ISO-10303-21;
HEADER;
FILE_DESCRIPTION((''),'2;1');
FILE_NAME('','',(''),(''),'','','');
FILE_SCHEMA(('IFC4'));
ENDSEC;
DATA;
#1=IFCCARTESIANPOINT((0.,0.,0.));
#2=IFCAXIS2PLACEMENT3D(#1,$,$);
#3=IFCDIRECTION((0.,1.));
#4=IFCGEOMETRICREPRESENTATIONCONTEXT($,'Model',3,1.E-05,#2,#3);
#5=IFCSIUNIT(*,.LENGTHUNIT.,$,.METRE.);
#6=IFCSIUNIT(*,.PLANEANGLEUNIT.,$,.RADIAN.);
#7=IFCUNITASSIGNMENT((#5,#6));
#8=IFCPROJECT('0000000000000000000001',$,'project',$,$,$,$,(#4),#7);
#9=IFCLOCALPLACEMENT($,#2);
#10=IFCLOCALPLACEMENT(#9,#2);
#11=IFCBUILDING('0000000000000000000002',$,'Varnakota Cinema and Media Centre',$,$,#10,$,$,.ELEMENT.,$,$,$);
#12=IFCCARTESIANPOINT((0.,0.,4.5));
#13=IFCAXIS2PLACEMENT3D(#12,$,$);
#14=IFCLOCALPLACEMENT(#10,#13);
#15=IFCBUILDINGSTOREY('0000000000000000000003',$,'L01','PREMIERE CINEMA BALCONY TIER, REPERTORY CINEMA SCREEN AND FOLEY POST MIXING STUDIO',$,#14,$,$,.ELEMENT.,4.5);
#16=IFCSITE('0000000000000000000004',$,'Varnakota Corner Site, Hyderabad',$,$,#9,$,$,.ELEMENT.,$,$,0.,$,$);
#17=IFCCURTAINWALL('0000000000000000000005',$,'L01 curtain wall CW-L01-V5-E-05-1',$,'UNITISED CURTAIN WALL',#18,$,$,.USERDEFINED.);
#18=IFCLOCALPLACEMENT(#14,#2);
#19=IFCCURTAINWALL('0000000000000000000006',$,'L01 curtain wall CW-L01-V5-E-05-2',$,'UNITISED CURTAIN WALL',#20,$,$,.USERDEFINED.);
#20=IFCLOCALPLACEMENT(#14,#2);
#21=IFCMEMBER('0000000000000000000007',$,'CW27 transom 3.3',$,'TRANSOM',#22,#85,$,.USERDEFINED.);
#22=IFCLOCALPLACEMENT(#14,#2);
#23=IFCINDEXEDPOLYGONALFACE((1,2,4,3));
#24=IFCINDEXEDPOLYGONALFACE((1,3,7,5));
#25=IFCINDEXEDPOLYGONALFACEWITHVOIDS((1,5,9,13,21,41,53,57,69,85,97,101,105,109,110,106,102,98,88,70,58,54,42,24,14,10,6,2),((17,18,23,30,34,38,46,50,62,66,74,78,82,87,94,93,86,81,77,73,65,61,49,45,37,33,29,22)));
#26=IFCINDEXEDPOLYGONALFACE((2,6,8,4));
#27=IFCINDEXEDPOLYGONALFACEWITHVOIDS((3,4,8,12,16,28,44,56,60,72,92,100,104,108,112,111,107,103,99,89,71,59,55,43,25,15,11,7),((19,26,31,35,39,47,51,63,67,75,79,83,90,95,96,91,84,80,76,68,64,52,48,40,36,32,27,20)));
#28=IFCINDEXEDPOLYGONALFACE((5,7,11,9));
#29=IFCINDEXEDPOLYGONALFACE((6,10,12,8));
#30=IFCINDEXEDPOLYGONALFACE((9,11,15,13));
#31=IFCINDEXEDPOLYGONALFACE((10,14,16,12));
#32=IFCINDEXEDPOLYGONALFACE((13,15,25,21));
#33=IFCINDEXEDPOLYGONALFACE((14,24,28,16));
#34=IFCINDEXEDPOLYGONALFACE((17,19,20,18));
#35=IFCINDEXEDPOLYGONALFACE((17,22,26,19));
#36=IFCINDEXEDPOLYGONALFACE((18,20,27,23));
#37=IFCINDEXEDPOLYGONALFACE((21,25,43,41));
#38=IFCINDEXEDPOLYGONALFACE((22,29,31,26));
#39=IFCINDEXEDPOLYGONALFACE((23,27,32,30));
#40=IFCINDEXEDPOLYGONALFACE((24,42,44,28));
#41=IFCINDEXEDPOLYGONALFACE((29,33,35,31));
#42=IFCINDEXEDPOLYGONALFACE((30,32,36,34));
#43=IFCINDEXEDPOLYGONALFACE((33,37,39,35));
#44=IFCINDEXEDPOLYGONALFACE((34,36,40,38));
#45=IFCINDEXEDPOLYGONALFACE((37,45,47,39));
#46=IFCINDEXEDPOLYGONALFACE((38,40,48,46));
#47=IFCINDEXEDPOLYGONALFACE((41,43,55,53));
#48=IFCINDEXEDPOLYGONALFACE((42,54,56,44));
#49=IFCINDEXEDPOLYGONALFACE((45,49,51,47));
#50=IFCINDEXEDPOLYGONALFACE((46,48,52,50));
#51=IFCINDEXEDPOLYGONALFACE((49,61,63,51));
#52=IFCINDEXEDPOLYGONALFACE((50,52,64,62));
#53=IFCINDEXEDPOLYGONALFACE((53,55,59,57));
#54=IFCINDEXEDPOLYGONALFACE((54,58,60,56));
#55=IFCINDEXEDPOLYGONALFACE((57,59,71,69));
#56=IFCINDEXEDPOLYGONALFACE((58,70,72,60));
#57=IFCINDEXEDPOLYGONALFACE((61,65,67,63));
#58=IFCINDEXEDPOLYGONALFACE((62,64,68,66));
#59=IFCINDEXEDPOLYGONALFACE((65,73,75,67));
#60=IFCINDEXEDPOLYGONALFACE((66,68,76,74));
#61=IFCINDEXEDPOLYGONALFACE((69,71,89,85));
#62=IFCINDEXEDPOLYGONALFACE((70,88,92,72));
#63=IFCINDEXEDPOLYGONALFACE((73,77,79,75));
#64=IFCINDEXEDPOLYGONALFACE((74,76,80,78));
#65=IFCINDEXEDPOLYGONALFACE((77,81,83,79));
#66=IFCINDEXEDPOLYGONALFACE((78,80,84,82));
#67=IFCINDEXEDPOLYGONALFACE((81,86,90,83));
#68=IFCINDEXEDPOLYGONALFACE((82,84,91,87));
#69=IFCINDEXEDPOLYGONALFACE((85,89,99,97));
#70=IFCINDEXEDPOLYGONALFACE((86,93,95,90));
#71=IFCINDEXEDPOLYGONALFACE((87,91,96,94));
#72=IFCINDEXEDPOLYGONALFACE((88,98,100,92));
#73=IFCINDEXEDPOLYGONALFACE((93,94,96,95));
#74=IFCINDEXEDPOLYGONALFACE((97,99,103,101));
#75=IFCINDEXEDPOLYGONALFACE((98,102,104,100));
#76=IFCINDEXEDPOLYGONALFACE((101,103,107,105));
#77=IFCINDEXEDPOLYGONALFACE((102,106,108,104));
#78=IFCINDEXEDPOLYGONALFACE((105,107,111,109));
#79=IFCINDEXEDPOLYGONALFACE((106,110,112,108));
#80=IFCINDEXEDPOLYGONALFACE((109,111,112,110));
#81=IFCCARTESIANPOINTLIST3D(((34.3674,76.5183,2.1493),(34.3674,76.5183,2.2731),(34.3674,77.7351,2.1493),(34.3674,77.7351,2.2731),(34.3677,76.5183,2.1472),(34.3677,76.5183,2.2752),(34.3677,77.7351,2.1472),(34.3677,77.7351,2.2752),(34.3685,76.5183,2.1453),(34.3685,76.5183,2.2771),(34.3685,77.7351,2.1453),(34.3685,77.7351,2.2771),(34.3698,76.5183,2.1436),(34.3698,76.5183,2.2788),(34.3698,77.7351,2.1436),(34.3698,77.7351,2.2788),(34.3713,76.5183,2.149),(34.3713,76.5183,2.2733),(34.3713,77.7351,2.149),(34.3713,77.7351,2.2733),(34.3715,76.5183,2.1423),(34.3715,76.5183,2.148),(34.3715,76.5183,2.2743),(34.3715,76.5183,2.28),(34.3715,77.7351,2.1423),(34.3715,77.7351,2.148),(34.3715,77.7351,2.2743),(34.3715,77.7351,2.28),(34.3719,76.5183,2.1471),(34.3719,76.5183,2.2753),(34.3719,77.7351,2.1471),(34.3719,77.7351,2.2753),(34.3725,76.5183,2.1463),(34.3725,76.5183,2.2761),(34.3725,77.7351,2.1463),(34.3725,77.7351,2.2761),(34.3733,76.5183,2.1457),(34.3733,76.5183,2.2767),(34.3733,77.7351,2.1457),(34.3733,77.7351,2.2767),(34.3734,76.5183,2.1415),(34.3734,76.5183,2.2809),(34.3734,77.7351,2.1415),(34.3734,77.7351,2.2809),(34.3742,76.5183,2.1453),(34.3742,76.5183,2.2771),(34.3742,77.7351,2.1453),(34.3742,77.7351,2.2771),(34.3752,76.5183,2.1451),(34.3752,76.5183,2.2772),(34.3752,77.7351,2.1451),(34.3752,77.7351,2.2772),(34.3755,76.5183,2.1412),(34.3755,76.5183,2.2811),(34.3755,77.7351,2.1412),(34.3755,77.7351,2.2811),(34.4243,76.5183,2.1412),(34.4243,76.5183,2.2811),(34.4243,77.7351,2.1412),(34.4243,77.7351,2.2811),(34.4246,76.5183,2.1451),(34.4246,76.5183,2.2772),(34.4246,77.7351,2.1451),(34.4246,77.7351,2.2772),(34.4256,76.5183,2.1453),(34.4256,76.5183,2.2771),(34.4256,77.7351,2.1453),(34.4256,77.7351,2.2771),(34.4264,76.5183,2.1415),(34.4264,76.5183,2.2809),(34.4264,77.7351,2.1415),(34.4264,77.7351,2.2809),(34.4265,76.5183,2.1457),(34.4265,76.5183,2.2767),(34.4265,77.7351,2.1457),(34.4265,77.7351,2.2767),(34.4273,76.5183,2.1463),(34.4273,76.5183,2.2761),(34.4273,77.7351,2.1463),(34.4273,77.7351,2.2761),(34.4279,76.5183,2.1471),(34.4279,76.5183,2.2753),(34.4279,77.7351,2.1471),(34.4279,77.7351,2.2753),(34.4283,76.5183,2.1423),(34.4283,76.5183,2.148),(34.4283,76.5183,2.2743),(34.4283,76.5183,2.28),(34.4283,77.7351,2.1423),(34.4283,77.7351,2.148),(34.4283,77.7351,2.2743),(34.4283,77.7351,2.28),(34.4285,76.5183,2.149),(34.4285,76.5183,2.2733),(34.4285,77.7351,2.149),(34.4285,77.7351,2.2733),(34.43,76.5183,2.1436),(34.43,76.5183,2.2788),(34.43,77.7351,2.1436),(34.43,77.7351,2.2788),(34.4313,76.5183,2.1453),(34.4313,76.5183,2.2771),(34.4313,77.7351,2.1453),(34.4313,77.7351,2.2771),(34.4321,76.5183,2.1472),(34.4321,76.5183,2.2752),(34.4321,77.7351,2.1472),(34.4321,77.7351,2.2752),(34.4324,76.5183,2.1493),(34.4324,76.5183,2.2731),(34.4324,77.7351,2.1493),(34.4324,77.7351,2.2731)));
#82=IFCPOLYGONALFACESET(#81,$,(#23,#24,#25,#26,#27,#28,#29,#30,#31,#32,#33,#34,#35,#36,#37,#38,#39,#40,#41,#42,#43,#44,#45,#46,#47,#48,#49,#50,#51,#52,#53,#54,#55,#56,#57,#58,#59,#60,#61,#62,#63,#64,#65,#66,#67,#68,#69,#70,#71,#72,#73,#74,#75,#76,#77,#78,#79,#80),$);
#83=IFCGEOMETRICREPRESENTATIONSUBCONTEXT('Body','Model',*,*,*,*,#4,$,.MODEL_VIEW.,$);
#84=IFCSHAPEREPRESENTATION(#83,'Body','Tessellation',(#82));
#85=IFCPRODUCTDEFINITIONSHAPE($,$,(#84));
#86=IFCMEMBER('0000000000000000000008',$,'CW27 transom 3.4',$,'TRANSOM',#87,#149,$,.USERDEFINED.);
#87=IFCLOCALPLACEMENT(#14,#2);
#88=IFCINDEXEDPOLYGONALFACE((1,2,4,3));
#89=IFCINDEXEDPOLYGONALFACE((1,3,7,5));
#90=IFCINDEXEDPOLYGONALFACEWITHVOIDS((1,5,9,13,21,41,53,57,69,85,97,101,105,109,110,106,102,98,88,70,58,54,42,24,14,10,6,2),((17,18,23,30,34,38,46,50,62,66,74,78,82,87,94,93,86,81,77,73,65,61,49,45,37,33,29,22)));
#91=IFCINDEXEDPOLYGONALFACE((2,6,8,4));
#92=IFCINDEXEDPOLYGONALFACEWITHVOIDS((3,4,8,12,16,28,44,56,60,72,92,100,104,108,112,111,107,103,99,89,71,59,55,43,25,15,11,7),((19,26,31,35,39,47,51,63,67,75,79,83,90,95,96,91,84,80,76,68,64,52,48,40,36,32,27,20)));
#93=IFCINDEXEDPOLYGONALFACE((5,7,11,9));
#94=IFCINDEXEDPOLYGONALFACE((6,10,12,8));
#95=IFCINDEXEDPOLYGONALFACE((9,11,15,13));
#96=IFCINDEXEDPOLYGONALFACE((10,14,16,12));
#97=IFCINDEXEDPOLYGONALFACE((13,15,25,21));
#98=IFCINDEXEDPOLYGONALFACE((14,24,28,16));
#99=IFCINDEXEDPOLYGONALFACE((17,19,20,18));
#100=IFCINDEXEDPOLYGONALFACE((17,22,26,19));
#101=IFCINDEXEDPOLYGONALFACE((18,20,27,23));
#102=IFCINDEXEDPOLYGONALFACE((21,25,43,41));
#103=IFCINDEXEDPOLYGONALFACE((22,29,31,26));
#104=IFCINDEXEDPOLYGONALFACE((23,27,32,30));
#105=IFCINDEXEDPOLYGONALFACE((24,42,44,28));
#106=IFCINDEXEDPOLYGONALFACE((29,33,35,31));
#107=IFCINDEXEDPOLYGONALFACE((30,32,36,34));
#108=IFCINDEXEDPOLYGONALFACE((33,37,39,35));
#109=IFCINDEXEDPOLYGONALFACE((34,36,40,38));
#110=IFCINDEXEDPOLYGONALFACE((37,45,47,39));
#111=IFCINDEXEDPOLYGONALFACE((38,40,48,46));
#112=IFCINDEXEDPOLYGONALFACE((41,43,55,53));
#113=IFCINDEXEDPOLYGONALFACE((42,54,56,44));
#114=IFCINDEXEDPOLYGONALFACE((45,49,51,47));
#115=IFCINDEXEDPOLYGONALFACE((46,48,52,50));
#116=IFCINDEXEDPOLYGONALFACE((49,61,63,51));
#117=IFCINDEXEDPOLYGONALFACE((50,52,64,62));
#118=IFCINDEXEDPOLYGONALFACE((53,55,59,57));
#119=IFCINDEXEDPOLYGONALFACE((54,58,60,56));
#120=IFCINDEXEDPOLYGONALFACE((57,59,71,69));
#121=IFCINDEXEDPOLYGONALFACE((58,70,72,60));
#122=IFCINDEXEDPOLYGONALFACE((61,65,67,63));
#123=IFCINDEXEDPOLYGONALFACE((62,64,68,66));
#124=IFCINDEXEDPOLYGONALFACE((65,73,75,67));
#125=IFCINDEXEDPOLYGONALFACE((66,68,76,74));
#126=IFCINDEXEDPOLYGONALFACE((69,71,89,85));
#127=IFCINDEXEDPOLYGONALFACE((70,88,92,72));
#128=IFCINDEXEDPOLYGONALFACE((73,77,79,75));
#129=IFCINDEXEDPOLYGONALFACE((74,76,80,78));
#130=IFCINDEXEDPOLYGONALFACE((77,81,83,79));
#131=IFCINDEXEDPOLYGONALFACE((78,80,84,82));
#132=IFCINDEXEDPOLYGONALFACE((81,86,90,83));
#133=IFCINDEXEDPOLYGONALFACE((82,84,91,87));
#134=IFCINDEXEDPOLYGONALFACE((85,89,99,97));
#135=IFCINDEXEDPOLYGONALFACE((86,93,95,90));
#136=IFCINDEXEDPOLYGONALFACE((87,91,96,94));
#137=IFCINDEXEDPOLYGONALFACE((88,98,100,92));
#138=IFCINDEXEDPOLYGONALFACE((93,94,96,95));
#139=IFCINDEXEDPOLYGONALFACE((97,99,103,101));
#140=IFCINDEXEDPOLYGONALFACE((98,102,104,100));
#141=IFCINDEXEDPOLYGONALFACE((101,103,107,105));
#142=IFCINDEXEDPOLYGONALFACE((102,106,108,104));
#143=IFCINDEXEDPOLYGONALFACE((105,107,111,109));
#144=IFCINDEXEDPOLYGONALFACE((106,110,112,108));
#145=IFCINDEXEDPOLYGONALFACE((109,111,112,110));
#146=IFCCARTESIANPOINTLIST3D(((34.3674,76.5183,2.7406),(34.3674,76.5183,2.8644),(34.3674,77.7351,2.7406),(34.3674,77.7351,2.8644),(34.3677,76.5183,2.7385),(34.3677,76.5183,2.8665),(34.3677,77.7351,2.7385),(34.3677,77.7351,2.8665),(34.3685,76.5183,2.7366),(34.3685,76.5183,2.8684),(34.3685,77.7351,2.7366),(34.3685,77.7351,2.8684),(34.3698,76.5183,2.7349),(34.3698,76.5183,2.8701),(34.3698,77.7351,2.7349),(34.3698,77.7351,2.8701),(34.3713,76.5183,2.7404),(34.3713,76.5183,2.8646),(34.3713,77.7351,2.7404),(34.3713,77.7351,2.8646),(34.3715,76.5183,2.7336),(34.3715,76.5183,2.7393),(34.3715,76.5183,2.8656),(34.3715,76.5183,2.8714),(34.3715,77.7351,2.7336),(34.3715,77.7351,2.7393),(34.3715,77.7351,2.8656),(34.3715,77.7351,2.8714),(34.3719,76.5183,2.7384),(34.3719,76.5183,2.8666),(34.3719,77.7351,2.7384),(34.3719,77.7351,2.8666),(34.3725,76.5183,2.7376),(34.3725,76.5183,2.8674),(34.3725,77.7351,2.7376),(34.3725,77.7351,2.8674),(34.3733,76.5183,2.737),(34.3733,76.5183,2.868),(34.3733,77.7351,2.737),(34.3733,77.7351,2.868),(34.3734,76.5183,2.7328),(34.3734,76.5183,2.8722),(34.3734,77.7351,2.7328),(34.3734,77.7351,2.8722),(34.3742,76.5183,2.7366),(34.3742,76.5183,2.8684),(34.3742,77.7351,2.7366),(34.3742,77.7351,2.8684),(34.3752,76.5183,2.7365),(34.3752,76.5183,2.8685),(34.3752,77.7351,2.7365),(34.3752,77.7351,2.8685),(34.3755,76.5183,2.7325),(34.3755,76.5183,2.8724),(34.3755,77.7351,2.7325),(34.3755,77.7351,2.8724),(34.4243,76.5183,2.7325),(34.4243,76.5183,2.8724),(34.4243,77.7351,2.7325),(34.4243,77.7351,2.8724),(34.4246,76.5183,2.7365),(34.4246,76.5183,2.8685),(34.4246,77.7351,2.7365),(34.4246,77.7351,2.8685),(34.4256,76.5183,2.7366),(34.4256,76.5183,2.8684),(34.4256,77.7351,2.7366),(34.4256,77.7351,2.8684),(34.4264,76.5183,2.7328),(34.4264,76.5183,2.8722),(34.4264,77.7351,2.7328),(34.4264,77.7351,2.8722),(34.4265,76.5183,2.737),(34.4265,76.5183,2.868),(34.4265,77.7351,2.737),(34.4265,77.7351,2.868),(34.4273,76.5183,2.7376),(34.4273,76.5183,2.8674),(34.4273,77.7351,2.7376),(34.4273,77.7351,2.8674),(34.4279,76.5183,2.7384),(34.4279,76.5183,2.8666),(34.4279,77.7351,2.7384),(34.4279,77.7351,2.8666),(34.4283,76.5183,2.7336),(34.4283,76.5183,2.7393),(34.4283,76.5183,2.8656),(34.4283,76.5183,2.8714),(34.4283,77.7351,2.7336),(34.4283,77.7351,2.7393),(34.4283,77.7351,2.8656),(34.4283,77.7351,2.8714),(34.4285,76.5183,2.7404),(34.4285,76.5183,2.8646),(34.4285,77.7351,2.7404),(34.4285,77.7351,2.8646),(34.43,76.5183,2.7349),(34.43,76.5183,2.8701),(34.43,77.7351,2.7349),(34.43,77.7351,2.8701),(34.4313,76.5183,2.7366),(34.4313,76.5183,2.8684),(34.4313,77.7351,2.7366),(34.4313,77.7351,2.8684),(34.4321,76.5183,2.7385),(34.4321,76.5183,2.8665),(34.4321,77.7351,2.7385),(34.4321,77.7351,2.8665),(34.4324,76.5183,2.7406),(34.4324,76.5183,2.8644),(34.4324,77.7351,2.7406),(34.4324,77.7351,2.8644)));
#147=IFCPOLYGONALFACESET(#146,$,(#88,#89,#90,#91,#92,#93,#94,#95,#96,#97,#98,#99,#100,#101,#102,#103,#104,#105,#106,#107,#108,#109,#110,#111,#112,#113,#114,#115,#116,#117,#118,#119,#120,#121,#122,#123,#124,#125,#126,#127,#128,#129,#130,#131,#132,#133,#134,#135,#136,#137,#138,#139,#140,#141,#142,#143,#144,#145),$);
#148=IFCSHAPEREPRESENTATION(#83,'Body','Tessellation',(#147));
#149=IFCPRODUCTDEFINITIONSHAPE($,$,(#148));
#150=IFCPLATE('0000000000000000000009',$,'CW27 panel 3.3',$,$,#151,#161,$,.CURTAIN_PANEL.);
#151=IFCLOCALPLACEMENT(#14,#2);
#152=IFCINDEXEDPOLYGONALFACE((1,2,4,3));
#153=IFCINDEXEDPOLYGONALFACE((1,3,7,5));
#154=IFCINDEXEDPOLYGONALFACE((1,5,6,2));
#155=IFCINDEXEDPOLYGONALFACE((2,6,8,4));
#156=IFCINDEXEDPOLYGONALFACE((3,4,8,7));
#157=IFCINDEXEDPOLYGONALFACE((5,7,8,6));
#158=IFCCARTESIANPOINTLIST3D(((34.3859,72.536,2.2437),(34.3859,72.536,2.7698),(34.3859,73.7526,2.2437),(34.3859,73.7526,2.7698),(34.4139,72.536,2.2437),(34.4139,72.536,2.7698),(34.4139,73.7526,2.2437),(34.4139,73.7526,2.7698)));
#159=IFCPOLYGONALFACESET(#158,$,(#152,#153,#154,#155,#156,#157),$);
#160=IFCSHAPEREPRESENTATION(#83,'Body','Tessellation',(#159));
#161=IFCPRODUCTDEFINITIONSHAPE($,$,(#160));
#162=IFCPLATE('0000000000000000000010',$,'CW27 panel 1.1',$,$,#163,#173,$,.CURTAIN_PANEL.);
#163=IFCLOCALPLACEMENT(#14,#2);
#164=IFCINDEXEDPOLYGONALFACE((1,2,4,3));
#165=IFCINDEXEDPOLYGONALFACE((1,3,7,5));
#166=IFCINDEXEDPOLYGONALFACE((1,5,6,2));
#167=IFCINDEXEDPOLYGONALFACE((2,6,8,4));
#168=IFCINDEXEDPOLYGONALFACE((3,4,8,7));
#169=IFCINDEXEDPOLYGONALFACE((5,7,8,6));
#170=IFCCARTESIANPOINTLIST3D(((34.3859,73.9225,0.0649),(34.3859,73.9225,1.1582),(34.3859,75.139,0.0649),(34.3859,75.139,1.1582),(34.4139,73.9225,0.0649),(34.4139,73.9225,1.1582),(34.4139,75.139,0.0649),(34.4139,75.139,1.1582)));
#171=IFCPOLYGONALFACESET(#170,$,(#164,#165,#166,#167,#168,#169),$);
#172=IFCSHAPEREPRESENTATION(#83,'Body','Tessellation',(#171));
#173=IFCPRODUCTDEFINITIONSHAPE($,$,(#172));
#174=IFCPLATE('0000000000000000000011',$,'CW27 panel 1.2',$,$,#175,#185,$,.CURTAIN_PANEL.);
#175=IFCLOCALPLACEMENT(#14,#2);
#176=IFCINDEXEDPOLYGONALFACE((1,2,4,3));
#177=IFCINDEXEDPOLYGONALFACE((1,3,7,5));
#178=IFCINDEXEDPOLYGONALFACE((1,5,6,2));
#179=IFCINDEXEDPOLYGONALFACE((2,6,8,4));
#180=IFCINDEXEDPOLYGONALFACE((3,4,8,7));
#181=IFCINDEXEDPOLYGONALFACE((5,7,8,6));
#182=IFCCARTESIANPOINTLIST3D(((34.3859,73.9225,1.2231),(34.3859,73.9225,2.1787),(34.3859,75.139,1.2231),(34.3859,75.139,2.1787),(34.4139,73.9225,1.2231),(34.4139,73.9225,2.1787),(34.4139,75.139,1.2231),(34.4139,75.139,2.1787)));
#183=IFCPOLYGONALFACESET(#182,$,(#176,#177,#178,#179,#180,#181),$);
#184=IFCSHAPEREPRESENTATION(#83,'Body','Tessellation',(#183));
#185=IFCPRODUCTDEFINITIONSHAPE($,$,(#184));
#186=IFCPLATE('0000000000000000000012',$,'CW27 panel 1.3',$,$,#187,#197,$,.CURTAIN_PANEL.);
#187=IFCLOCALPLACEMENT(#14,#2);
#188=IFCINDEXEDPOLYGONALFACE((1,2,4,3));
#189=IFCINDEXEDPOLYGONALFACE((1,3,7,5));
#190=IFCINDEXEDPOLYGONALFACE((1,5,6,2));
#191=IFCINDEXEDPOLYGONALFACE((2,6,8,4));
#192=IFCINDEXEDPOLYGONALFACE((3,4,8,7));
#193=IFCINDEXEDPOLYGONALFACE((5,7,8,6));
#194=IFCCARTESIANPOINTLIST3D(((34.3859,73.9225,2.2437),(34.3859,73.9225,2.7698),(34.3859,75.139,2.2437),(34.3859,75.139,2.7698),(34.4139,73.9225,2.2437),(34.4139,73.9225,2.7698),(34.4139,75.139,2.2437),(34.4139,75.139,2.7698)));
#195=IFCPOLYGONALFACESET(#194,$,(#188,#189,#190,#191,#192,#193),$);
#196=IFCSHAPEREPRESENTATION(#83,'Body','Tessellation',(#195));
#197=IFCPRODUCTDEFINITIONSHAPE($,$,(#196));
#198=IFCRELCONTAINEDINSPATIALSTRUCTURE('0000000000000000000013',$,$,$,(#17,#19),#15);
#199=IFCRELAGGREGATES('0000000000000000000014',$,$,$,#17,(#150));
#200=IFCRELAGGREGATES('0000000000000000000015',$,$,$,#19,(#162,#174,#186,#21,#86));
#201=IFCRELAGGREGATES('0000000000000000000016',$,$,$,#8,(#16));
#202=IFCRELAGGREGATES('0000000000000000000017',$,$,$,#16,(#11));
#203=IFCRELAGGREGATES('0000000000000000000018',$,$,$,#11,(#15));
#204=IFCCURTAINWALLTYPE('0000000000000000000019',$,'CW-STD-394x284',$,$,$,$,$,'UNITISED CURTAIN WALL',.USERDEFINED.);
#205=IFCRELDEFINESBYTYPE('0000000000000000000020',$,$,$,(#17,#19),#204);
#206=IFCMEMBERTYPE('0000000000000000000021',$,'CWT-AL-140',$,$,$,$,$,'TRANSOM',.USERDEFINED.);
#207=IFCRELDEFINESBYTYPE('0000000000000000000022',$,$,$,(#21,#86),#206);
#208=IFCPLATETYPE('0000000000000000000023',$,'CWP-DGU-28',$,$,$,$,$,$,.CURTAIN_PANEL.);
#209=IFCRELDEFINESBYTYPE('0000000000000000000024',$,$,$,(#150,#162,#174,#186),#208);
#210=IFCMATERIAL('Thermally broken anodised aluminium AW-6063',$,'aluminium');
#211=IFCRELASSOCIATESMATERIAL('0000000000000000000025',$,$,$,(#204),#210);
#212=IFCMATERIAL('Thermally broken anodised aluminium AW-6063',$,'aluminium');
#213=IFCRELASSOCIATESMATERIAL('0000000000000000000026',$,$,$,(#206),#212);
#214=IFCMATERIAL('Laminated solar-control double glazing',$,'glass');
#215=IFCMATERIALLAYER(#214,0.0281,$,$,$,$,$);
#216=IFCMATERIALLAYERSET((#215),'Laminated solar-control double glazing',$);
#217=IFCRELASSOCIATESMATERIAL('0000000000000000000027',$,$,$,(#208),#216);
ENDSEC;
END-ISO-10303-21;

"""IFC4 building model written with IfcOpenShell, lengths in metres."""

from ifc_helpers import new_model, si_unit, direction, frame, origin, origin_2d, place, context, subcontext, project, spatial, rectangle, hollow_rectangle, extrude, material, layer, layer_set, material_profile, profile_set, type_object, element, aggregate, save


model = new_model("IFC4")

# Units and contexts
model_context = context("Model", 3, precision=1e-05, world=origin(), true_north=direction((0.0, 1.0)))
body_context = subcontext(model_context, "Body", "Model", "MODEL_VIEW")
ifc_project = project(units=[si_unit("LENGTHUNIT", "METRE"), si_unit("PLANEANGLEUNIT", "RADIAN")], contexts=[model_context])

# Site, building, storey
site_placement = place(None, origin())
site = spatial("IfcSite", under=ifc_project, at=site_placement, Name="Varnakota Corner Site, Hyderabad", CompositionType="ELEMENT", RefElevation=0.0)
building_placement = place(site_placement, origin())
building = spatial("IfcBuilding", under=site, at=building_placement, Name="Varnakota Cinema and Media Centre", CompositionType="ELEMENT")
storey_placement = place(building_placement, frame((0.0, 0.0, 4.5)))
storey = spatial("IfcBuildingStorey", under=building, at=storey_placement, Name="L01", Description="PREMIERE CINEMA BALCONY TIER, REPERTORY CINEMA SCREEN AND FOLEY POST MIXING STUDIO", CompositionType="ELEMENT", Elevation=4.5)

# Curtain wall
ifc_material_1 = material(Name="Thermally broken anodised aluminium AW-6063", Category="aluminium")
curtain_wall_type = type_object("IfcCurtainWallType", Name="CW-STD-394x284", ElementType="UNITISED CURTAIN WALL", PredefinedType="USERDEFINED", material=ifc_material_1)
curtain_wall_1_placement = place(storey_placement, origin())
curtain_wall_1 = element("IfcCurtainWall", 1, at=curtain_wall_1_placement, inside=storey, type_object=curtain_wall_type, Name="L01 curtain wall CW-L01-V5-E-05-1", ObjectType="UNITISED CURTAIN WALL", PredefinedType="USERDEFINED")

# Curtain wall, members
curtain_wall_2_placement = place(storey_placement, origin())
curtain_wall_2 = element("IfcCurtainWall", 2, at=curtain_wall_2_placement, inside=storey, type_object=curtain_wall_type, Name="L01 curtain wall CW-L01-V5-E-05-2", ObjectType="UNITISED CURTAIN WALL", PredefinedType="USERDEFINED")
ifc_material_2 = material(Name="Thermally broken anodised aluminium AW-6063", Category="aluminium")
ifc_material_profile_1 = material_profile(ifc_material_2, hollow_rectangle(XDim=0.0649, YDim=0.1399, WallThickness=0.0039, InnerFilletRadius=0.0039, OuterFilletRadius=0.0081, at=origin_2d()), Name="AL-TRANSOM 140x65x4")
ifc_profile_set_1 = profile_set([ifc_material_profile_1], Name="Thermally broken anodised aluminium AW-6063")
member_type_1 = type_object("IfcMemberType", Name="CWT-AL-140", ElementType="TRANSOM", PredefinedType="USERDEFINED", material=ifc_profile_set_1)
member_1_placement = place(storey_placement, frame((34.3999, 76.5183, 2.2112), z_axis=(0.0, 1.0, 0.0), x_axis=(-1.0, 0.0, 0.0)))
member_1 = element("IfcMember", 3, at=member_1_placement, type_object=member_type_1, Name="CW27 transom 3.3", ObjectType="TRANSOM", PredefinedType="USERDEFINED", context=body_context, shape_type="SweptSolid", body=[
    extrude(hollow_rectangle(XDim=0.0649, YDim=0.1399, WallThickness=0.0039, InnerFilletRadius=0.0039, OuterFilletRadius=0.0081, at=origin_2d()), origin(), (0.0, 0.0, 1.0), 1.2168),
])
member_2_placement = place(storey_placement, frame((34.3999, 76.5183, 2.8025), z_axis=(0.0, 1.0, 0.0), x_axis=(-1.0, 0.0, 0.0)))
member_2 = element("IfcMember", 4, at=member_2_placement, type_object=member_type_1, Name="CW27 transom 3.4", ObjectType="TRANSOM", PredefinedType="USERDEFINED", context=body_context, shape_type="SweptSolid", body=[
    extrude(hollow_rectangle(XDim=0.0649, YDim=0.1399, WallThickness=0.0039, InnerFilletRadius=0.0039, OuterFilletRadius=0.0081, at=origin_2d()), origin(), (0.0, 0.0, 1.0), 1.2168),
])

# Plates
ifc_material_3 = material(Name="Laminated solar-control double glazing", Category="glass")
ifc_layer_1 = layer(ifc_material_3, 0.0281)
ifc_layer_set_1 = layer_set([ifc_layer_1], Name="Laminated solar-control double glazing")
plate_type = type_object("IfcPlateType", Name="CWP-DGU-28", PredefinedType="CURTAIN_PANEL", material=ifc_layer_set_1)
plate_1_placement = place(storey_placement, frame((34.3999, 73.1443, 2.2437), z_axis=(0.0, 0.0, 1.0), x_axis=(0.0, 1.0, 0.0)))
plate_1 = element("IfcPlate", 5, at=plate_1_placement, type_object=plate_type, Name="CW27 panel 3.3", PredefinedType="CURTAIN_PANEL", context=body_context, shape_type="SweptSolid", body=[
    extrude(rectangle(XDim=1.2166, YDim=0.0281, at=origin_2d()), origin(), (0.0, 0.0, 1.0), 0.5261),
])
aggregate(curtain_wall_1, [plate_1])
plate_2_placement = place(storey_placement, frame((34.3999, 74.5308, 0.0649), z_axis=(0.0, 0.0, 1.0), x_axis=(0.0, 1.0, 0.0)))
plate_2 = element("IfcPlate", 6, at=plate_2_placement, type_object=plate_type, Name="CW27 panel 1.1", PredefinedType="CURTAIN_PANEL", context=body_context, shape_type="SweptSolid", body=[
    extrude(rectangle(XDim=1.2166, YDim=0.0281, at=origin_2d()), origin(), (0.0, 0.0, 1.0), 1.0933),
])
plate_3_placement = place(storey_placement, frame((34.3999, 74.5308, 1.2231), z_axis=(0.0, 0.0, 1.0), x_axis=(0.0, 1.0, 0.0)))
plate_3 = element("IfcPlate", 7, at=plate_3_placement, type_object=plate_type, Name="CW27 panel 1.2", PredefinedType="CURTAIN_PANEL", context=body_context, shape_type="SweptSolid", body=[
    extrude(rectangle(XDim=1.2166, YDim=0.0281, at=origin_2d()), origin(), (0.0, 0.0, 1.0), 0.9556),
])
plate_4_placement = place(storey_placement, frame((34.3999, 74.5308, 2.2437), z_axis=(0.0, 0.0, 1.0), x_axis=(0.0, 1.0, 0.0)))
plate_4 = element("IfcPlate", 8, at=plate_4_placement, type_object=plate_type, Name="CW27 panel 1.3", PredefinedType="CURTAIN_PANEL", context=body_context, shape_type="SweptSolid", body=[
    extrude(rectangle(XDim=1.2166, YDim=0.0281, at=origin_2d()), origin(), (0.0, 0.0, 1.0), 0.5261),
])
aggregate(curtain_wall_2, [plate_2, plate_3, plate_4, member_1, member_2])

save(model, "model.ifc")
